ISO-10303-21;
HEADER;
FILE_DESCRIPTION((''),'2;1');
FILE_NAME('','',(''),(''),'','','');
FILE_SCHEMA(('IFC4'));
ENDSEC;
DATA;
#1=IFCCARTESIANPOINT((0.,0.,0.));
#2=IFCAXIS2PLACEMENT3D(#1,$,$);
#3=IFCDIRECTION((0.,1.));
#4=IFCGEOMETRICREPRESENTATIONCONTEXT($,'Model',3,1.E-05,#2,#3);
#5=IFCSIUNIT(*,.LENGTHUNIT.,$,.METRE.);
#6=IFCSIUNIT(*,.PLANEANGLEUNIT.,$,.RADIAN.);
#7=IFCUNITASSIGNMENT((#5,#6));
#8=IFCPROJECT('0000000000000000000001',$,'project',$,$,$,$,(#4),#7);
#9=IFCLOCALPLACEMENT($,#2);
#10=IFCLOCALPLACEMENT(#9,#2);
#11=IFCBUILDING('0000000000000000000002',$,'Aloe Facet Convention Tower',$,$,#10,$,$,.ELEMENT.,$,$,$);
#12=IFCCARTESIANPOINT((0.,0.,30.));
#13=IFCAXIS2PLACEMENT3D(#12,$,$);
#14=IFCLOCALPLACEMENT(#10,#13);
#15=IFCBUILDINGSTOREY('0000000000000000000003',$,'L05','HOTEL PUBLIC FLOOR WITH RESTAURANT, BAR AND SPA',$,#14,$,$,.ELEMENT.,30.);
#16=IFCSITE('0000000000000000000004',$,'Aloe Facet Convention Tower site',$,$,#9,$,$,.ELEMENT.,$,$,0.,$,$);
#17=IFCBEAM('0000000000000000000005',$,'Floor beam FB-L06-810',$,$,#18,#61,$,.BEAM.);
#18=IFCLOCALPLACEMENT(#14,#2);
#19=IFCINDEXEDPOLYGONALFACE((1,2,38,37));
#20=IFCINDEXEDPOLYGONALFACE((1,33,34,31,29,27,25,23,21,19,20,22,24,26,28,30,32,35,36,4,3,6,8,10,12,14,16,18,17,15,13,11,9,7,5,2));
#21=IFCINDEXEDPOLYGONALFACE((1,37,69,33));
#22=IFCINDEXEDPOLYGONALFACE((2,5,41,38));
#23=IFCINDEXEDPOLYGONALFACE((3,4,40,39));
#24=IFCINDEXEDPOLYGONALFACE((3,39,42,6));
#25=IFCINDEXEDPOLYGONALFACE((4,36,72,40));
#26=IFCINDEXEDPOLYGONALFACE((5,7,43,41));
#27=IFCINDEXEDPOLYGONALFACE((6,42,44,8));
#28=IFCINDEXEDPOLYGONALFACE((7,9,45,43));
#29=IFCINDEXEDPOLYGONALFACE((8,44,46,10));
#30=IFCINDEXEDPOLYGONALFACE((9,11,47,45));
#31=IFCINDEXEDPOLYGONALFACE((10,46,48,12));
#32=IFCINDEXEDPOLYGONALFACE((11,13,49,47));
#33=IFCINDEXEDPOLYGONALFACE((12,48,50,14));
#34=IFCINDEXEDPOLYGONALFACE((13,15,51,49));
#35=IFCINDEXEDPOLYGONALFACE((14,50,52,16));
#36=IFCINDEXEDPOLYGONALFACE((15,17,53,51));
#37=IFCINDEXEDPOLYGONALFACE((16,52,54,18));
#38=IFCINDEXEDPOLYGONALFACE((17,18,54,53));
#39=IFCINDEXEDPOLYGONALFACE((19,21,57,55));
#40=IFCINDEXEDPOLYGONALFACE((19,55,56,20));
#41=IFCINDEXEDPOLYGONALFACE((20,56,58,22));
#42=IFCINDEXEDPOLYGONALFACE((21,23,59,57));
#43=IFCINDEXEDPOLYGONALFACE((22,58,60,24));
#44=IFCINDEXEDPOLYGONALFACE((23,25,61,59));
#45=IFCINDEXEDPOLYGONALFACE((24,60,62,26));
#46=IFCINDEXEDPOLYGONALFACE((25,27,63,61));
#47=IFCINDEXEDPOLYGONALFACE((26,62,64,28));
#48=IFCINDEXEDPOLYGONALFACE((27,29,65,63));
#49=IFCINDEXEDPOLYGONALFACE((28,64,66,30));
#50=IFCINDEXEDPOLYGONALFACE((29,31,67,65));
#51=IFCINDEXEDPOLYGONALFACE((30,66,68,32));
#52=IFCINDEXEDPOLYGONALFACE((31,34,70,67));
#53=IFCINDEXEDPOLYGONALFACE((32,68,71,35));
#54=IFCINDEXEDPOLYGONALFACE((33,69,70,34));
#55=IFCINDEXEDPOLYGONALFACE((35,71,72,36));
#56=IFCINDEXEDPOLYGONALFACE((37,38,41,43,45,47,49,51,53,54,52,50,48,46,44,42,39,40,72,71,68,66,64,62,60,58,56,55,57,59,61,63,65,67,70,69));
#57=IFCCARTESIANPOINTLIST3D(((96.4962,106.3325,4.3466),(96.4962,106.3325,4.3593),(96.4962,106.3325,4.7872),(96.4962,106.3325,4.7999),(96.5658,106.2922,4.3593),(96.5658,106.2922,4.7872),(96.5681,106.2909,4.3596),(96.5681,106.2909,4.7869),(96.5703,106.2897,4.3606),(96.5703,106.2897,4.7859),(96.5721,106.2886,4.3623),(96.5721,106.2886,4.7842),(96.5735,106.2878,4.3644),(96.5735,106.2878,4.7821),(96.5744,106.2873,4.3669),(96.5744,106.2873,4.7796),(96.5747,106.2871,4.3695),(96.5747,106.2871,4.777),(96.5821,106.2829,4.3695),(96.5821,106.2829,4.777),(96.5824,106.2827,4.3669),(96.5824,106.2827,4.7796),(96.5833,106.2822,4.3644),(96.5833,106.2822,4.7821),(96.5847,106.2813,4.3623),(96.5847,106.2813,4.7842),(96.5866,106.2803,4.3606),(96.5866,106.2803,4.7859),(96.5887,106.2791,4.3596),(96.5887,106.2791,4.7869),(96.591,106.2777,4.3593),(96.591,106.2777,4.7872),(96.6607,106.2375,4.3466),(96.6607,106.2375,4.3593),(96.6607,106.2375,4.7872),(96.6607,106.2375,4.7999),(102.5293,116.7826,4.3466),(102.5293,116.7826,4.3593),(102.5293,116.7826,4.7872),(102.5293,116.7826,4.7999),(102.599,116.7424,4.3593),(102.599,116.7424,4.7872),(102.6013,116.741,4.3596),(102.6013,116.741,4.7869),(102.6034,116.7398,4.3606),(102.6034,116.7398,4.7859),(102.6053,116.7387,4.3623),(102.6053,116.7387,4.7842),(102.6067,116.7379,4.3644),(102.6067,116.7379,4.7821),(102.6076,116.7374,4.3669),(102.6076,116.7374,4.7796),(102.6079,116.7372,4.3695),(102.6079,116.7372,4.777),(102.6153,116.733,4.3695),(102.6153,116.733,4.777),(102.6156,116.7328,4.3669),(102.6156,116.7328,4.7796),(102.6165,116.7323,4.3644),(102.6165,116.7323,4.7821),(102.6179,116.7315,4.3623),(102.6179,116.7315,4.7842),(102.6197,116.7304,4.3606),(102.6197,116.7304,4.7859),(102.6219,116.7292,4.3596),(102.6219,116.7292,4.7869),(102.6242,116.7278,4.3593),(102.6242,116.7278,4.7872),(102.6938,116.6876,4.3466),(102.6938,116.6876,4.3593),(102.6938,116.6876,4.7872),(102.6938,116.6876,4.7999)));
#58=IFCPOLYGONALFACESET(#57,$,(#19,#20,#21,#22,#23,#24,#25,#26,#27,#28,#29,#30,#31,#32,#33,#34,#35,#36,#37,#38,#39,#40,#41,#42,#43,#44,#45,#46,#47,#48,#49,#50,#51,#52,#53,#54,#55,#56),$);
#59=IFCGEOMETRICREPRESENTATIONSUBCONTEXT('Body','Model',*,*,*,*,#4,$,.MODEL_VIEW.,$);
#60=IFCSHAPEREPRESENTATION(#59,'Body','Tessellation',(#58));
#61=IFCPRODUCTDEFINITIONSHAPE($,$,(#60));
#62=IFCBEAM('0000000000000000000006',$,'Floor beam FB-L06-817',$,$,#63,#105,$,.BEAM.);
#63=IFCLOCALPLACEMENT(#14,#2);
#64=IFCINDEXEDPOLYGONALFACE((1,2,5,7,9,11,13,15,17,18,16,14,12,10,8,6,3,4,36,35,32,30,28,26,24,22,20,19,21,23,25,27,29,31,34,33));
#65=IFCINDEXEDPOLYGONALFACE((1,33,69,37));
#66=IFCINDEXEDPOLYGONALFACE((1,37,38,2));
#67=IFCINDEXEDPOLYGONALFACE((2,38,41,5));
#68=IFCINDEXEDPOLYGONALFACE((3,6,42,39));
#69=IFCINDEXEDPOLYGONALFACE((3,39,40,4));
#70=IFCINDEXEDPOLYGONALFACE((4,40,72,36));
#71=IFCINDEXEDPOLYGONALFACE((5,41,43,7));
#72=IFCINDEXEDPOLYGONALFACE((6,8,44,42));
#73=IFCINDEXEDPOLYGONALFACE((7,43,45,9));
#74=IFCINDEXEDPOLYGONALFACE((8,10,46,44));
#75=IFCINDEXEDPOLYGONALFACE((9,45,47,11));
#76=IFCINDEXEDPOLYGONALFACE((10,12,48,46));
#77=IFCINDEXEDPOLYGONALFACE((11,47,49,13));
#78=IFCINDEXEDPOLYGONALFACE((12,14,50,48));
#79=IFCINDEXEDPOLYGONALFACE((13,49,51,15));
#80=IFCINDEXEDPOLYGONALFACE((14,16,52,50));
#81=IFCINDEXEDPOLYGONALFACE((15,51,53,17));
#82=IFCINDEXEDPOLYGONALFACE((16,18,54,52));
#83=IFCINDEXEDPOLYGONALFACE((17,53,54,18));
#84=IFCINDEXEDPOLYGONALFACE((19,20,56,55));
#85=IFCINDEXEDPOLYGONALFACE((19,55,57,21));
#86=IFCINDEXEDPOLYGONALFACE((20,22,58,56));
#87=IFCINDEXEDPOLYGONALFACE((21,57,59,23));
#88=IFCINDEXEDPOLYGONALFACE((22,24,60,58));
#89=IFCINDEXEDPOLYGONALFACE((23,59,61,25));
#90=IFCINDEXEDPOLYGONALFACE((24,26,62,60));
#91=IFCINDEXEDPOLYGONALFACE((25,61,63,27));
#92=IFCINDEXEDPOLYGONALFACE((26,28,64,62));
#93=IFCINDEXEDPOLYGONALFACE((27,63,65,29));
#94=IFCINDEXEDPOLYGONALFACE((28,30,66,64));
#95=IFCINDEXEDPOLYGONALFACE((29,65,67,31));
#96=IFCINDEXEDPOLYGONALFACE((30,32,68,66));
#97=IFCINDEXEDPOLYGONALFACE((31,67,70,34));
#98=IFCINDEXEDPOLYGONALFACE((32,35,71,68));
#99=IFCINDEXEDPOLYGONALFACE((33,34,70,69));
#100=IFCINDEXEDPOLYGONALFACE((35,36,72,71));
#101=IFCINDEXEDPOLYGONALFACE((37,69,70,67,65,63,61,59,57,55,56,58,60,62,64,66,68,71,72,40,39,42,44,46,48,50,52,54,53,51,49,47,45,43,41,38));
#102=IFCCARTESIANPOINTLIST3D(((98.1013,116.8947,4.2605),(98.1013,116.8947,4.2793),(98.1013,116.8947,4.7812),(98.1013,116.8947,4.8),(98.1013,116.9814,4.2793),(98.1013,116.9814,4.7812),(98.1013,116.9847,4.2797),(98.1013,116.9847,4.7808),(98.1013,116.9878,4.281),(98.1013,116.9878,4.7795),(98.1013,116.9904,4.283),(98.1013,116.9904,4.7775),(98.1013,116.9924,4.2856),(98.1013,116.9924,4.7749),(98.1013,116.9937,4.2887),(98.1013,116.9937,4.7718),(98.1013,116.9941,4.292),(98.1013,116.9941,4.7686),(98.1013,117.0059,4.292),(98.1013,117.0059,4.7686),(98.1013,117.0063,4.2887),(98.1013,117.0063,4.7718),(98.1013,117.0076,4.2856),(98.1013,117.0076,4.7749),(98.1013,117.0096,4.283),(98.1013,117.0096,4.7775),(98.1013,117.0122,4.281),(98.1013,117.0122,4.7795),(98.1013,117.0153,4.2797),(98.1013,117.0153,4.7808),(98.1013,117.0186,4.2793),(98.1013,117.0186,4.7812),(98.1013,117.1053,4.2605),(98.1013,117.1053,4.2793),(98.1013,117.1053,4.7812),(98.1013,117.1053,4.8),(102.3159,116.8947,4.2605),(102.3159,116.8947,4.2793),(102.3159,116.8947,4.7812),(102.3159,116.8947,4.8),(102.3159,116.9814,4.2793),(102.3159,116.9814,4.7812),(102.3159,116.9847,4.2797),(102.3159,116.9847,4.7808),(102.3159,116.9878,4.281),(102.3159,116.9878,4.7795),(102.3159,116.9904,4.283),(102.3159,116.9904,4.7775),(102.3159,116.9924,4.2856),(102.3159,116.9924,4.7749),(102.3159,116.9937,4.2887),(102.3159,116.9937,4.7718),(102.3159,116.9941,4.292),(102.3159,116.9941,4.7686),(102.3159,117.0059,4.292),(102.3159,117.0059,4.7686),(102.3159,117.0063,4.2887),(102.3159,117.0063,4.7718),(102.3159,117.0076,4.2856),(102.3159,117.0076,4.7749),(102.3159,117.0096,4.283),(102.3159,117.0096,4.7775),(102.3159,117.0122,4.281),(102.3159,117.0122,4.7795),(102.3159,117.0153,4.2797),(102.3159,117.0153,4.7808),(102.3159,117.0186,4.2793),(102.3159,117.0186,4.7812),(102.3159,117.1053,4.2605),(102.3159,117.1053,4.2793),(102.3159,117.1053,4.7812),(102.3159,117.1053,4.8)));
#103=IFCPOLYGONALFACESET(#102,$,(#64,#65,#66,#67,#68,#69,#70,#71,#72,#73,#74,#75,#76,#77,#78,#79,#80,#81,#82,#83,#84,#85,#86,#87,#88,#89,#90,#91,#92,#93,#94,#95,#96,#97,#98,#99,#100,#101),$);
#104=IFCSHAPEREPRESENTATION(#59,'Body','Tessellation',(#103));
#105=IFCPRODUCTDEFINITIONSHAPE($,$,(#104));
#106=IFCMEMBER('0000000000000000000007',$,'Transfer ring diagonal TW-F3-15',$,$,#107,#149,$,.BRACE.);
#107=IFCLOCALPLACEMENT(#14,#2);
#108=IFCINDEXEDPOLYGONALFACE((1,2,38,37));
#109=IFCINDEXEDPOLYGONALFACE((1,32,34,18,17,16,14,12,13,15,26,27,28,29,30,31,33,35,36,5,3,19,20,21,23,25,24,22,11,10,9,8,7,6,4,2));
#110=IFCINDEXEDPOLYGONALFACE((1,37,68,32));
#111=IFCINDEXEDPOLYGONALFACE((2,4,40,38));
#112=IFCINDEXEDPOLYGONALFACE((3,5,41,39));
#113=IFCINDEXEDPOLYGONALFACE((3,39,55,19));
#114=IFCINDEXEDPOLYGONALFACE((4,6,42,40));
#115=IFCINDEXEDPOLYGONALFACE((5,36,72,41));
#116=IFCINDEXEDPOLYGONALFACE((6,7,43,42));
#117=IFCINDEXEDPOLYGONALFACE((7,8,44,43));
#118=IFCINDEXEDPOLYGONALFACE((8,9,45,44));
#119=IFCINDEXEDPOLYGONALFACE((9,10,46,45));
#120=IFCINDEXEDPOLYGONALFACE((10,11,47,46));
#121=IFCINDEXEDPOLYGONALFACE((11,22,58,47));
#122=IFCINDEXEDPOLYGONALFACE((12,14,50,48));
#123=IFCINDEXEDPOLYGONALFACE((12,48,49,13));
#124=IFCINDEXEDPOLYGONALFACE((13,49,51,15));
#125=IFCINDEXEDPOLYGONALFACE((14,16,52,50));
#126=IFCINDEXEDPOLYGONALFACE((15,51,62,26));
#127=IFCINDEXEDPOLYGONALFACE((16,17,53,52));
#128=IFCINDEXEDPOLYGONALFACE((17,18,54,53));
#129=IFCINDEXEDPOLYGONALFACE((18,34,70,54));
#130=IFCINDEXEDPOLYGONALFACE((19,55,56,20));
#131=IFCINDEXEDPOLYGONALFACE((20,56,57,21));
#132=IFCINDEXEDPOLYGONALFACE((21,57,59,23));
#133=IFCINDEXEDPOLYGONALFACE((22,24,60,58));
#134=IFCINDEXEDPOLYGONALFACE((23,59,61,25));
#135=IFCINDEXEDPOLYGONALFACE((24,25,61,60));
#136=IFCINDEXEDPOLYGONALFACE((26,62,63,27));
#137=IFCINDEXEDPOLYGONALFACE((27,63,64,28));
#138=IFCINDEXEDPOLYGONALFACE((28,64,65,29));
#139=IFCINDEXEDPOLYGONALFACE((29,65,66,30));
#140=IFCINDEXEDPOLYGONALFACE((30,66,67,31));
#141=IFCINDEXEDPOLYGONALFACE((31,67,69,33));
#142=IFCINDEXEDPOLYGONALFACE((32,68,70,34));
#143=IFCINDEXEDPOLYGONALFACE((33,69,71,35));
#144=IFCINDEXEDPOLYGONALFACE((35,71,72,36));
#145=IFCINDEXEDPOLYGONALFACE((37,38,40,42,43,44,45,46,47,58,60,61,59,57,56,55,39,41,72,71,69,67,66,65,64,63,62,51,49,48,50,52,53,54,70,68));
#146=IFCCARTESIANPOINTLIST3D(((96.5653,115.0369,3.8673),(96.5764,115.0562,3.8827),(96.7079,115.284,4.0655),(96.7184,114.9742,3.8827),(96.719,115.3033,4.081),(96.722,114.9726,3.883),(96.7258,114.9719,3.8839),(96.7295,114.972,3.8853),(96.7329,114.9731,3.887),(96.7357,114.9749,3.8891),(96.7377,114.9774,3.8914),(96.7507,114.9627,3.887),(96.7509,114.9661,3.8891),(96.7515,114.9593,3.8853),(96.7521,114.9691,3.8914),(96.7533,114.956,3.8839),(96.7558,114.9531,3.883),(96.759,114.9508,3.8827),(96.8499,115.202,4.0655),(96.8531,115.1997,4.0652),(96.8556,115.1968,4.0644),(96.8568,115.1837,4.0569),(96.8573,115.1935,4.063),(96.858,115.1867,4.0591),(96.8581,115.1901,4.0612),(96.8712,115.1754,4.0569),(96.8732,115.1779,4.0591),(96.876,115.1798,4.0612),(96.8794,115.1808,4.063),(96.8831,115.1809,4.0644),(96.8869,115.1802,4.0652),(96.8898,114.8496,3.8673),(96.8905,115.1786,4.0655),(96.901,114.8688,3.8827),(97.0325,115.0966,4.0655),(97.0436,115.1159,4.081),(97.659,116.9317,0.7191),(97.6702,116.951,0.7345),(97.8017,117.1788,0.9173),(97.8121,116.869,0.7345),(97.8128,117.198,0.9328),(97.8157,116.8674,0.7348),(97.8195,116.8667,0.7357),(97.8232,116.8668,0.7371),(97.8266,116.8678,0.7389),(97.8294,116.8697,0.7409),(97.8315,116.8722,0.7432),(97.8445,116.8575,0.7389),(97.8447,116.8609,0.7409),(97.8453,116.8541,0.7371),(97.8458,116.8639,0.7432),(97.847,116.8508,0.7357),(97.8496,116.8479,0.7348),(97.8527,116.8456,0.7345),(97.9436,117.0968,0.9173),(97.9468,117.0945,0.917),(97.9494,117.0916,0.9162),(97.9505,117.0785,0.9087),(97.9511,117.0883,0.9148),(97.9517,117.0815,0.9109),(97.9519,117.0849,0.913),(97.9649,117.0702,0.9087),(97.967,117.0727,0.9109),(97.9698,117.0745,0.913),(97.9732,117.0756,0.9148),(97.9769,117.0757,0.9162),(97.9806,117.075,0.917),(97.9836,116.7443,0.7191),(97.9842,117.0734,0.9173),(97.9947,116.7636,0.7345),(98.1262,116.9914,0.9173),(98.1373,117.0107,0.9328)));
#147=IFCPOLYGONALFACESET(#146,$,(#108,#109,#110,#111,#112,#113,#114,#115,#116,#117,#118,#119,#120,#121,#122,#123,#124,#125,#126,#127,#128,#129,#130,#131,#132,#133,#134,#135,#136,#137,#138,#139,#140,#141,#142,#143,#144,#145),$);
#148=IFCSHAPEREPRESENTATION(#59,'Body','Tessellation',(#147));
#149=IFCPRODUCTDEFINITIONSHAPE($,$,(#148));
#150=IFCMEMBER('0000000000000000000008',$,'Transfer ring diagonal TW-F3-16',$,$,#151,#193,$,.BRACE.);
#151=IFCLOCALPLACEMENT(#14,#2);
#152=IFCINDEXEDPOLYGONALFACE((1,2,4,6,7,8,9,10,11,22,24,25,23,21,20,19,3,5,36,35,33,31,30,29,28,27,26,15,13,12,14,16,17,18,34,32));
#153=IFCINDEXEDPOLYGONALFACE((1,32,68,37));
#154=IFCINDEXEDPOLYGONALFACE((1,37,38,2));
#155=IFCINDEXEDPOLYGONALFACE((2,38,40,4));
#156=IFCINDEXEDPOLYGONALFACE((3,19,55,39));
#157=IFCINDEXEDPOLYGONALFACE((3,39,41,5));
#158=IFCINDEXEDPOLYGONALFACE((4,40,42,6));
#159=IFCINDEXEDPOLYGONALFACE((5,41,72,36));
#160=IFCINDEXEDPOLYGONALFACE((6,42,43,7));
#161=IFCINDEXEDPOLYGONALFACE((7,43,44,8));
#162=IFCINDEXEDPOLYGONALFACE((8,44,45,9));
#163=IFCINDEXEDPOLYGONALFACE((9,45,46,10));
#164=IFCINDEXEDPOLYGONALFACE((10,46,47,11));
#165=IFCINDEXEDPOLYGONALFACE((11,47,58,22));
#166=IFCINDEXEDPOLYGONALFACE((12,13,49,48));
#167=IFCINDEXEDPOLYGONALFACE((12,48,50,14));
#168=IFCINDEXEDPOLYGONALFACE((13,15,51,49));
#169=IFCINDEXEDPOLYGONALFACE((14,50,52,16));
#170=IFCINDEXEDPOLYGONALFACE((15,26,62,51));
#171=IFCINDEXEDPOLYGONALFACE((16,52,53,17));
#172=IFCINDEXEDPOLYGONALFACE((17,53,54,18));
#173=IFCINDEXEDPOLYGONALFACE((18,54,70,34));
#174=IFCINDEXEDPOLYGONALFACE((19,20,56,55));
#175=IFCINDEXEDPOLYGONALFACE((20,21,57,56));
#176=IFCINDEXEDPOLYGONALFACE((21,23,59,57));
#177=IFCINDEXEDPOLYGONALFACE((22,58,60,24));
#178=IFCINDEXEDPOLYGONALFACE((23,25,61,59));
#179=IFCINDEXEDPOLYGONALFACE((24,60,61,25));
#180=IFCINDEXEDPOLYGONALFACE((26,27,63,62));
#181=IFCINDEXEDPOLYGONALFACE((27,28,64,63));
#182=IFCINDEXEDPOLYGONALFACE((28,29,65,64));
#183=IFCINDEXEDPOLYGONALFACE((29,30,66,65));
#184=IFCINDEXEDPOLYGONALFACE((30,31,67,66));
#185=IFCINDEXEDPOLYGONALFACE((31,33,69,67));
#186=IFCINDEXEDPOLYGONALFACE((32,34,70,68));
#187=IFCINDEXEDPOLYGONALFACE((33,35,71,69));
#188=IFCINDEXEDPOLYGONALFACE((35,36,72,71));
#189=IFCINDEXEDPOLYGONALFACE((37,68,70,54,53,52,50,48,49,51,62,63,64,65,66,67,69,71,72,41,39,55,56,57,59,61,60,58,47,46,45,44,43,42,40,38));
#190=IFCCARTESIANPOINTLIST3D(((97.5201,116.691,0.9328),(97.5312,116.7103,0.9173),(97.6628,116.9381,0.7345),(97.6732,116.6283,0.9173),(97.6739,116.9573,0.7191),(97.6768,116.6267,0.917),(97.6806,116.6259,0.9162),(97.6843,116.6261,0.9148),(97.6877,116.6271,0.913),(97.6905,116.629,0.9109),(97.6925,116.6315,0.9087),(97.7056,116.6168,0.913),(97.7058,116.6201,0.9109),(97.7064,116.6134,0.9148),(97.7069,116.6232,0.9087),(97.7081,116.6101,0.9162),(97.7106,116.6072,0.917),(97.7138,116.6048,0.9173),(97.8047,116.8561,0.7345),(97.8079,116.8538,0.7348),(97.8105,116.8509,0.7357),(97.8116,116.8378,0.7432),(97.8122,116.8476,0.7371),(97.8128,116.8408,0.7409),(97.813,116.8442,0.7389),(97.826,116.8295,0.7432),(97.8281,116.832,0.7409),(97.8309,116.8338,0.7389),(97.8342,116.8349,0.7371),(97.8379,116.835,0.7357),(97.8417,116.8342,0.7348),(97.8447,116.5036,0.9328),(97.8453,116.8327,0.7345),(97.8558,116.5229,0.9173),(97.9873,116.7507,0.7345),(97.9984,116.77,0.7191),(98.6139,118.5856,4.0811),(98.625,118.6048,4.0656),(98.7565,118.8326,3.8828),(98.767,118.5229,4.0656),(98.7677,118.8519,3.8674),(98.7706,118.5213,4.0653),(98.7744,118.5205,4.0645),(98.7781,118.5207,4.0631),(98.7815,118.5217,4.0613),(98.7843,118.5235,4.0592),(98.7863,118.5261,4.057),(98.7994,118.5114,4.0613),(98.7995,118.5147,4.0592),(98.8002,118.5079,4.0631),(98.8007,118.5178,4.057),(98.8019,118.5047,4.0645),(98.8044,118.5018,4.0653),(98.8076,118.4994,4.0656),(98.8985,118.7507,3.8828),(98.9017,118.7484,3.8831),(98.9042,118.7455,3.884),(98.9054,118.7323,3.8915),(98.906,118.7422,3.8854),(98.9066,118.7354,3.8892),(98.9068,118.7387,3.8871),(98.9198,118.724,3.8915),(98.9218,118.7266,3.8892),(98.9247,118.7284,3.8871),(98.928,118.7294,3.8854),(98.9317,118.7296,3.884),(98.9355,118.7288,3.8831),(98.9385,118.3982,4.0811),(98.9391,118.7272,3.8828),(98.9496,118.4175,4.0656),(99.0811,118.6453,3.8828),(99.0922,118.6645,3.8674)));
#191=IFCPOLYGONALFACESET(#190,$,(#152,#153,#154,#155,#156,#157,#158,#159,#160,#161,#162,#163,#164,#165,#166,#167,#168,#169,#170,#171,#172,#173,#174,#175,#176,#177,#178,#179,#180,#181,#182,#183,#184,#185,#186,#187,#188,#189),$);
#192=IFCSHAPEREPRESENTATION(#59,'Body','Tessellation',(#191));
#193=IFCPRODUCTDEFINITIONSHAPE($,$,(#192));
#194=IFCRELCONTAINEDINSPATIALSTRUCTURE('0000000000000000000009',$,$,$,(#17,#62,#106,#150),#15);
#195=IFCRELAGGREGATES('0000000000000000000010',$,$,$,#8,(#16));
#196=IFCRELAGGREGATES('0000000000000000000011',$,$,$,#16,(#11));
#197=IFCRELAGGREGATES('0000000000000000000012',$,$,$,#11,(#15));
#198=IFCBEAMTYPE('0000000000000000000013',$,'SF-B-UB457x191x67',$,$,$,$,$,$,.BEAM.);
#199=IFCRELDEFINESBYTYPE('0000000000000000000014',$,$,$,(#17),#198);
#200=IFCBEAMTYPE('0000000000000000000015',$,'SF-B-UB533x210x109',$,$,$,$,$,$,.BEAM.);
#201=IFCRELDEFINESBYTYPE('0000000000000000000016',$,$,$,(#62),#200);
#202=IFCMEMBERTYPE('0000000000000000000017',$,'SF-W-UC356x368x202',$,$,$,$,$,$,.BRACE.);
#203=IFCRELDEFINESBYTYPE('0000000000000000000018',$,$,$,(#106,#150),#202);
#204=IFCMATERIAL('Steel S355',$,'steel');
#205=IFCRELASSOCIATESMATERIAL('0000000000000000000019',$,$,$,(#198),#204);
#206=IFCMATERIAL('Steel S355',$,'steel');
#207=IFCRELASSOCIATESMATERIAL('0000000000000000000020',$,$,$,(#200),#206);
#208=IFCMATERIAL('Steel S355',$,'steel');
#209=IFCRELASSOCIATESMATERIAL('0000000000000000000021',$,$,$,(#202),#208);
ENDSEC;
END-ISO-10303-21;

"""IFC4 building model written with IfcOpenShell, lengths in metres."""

from ifc_helpers import new_model, si_unit, direction, frame, origin, origin_2d, place, context, subcontext, project, spatial, i_section, extrude, material, material_profile, profile_set, type_object, element, save


model = new_model("IFC4")

# Units and contexts
model_context = context("Model", 3, precision=1e-05, world=origin(), true_north=direction((0.0, 1.0)))
body_context = subcontext(model_context, "Body", "Model", "MODEL_VIEW")
ifc_project = project(units=[si_unit("LENGTHUNIT", "METRE"), si_unit("PLANEANGLEUNIT", "RADIAN")], contexts=[model_context])

# Site, building, storey
site_placement = place(None, origin())
site = spatial("IfcSite", under=ifc_project, at=site_placement, Name="Aloe Facet Convention Tower site", CompositionType="ELEMENT", RefElevation=0.0)
building_placement = place(site_placement, origin())
building = spatial("IfcBuilding", under=site, at=building_placement, Name="Aloe Facet Convention Tower", CompositionType="ELEMENT")
storey_placement = place(building_placement, frame((0.0, 0.0, 30.0)))
storey = spatial("IfcBuildingStorey", under=building, at=storey_placement, Name="L05", Description="HOTEL PUBLIC FLOOR WITH RESTAURANT, BAR AND SPA", CompositionType="ELEMENT", Elevation=30.0)

# Beams
ifc_material_1 = material(Name="Steel S355", Category="steel")
ifc_material_profile_1 = material_profile(ifc_material_1, i_section(OverallWidth=0.1899, OverallDepth=0.4534, WebThickness=0.0085, FlangeThickness=0.0127, FilletRadius=0.0103, at=origin_2d()), Name="UB 457x191x67")
ifc_profile_set_1 = profile_set([ifc_material_profile_1], Name="Steel S355")
beam_type_1 = type_object("IfcBeamType", Name="SF-B-UB457x191x67", PredefinedType="BEAM", material=ifc_profile_set_1)
beam_1_placement = place(storey_placement, frame((102.6116, 116.7351, 4.5732), z_axis=(-0.499986, -0.866033, 0.0), x_axis=(0.866033, -0.499986, 0.0)))
element("IfcBeam", 1, at=beam_1_placement, inside=storey, type_object=beam_type_1, Name="Floor beam FB-L06-810", PredefinedType="BEAM", context=body_context, shape_type="SweptSolid", body=[
    extrude(i_section(OverallWidth=0.1899, OverallDepth=0.4534, WebThickness=0.0085, FlangeThickness=0.0127, FilletRadius=0.0103, at=origin_2d()), origin(), (0.0, 0.0, 1.0), 12.0667),
])
ifc_material_2 = material(Name="Steel S355", Category="steel")
ifc_material_profile_2 = material_profile(ifc_material_2, i_section(OverallWidth=0.2107, OverallDepth=0.5396, WebThickness=0.0117, FlangeThickness=0.0188, FilletRadius=0.0127, at=origin_2d()), Name="UB 533x210x109")
ifc_profile_set_2 = profile_set([ifc_material_profile_2], Name="Steel S355")
beam_type_2 = type_object("IfcBeamType", Name="SF-B-UB533x210x109", PredefinedType="BEAM", material=ifc_profile_set_2)
beam_2_placement = place(storey_placement, frame((98.1013, 117.0, 4.5303), z_axis=(1.0, 0.0, 0.0), x_axis=(0.0, 1.0, 0.0)))
element("IfcBeam", 2, at=beam_2_placement, inside=storey, type_object=beam_type_2, Name="Floor beam FB-L06-817", PredefinedType="BEAM", context=body_context, shape_type="SweptSolid", body=[
    extrude(i_section(OverallWidth=0.2107, OverallDepth=0.5396, WebThickness=0.0117, FlangeThickness=0.0188, FilletRadius=0.0127, at=origin_2d()), origin(), (0.0, 0.0, 1.0), 4.2146),
])

# Members
ifc_material_3 = material(Name="Steel S355", Category="steel")
ifc_material_profile_3 = material_profile(ifc_material_3, i_section(OverallWidth=0.3748, OverallDepth=0.3745, WebThickness=0.0166, FlangeThickness=0.0271, FilletRadius=0.0151, at=origin_2d()), Name="UC 356x368x202")
ifc_profile_set_3 = profile_set([ifc_material_profile_3], Name="Steel S355")
member_type_1 = type_object("IfcMemberType", Name="SF-W-UC356x368x202", PredefinedType="BRACE", material=ifc_profile_set_3)
for number, where, z_axis, x_axis, name in (
    (3, (96.8044, 115.0764, 3.9741), (0.285296, 0.494236, -0.82118), (-0.866065, 0.499932, 0.0), "Transfer ring diagonal TW-F3-15"),
    (4, (97.7593, 116.7305, 0.8259), (0.285305, 0.494188, 0.821206), (-0.866037, 0.49998, 0.0), "Transfer ring diagonal TW-F3-16"),
):
    element("IfcMember", number, at=place(storey_placement, frame(where, z_axis=z_axis, x_axis=x_axis)), inside=storey, type_object=member_type_1, Name=name, PredefinedType="BRACE", context=body_context, shape_type="SweptSolid", body=[
        extrude(i_section(OverallWidth=0.3748, OverallDepth=0.3745, WebThickness=0.0166, FlangeThickness=0.0271, FilletRadius=0.0151, at=origin_2d()), origin(), (0.0, 0.0, 1.0), 3.8337),
    ])

save(model, "model.ifc")
